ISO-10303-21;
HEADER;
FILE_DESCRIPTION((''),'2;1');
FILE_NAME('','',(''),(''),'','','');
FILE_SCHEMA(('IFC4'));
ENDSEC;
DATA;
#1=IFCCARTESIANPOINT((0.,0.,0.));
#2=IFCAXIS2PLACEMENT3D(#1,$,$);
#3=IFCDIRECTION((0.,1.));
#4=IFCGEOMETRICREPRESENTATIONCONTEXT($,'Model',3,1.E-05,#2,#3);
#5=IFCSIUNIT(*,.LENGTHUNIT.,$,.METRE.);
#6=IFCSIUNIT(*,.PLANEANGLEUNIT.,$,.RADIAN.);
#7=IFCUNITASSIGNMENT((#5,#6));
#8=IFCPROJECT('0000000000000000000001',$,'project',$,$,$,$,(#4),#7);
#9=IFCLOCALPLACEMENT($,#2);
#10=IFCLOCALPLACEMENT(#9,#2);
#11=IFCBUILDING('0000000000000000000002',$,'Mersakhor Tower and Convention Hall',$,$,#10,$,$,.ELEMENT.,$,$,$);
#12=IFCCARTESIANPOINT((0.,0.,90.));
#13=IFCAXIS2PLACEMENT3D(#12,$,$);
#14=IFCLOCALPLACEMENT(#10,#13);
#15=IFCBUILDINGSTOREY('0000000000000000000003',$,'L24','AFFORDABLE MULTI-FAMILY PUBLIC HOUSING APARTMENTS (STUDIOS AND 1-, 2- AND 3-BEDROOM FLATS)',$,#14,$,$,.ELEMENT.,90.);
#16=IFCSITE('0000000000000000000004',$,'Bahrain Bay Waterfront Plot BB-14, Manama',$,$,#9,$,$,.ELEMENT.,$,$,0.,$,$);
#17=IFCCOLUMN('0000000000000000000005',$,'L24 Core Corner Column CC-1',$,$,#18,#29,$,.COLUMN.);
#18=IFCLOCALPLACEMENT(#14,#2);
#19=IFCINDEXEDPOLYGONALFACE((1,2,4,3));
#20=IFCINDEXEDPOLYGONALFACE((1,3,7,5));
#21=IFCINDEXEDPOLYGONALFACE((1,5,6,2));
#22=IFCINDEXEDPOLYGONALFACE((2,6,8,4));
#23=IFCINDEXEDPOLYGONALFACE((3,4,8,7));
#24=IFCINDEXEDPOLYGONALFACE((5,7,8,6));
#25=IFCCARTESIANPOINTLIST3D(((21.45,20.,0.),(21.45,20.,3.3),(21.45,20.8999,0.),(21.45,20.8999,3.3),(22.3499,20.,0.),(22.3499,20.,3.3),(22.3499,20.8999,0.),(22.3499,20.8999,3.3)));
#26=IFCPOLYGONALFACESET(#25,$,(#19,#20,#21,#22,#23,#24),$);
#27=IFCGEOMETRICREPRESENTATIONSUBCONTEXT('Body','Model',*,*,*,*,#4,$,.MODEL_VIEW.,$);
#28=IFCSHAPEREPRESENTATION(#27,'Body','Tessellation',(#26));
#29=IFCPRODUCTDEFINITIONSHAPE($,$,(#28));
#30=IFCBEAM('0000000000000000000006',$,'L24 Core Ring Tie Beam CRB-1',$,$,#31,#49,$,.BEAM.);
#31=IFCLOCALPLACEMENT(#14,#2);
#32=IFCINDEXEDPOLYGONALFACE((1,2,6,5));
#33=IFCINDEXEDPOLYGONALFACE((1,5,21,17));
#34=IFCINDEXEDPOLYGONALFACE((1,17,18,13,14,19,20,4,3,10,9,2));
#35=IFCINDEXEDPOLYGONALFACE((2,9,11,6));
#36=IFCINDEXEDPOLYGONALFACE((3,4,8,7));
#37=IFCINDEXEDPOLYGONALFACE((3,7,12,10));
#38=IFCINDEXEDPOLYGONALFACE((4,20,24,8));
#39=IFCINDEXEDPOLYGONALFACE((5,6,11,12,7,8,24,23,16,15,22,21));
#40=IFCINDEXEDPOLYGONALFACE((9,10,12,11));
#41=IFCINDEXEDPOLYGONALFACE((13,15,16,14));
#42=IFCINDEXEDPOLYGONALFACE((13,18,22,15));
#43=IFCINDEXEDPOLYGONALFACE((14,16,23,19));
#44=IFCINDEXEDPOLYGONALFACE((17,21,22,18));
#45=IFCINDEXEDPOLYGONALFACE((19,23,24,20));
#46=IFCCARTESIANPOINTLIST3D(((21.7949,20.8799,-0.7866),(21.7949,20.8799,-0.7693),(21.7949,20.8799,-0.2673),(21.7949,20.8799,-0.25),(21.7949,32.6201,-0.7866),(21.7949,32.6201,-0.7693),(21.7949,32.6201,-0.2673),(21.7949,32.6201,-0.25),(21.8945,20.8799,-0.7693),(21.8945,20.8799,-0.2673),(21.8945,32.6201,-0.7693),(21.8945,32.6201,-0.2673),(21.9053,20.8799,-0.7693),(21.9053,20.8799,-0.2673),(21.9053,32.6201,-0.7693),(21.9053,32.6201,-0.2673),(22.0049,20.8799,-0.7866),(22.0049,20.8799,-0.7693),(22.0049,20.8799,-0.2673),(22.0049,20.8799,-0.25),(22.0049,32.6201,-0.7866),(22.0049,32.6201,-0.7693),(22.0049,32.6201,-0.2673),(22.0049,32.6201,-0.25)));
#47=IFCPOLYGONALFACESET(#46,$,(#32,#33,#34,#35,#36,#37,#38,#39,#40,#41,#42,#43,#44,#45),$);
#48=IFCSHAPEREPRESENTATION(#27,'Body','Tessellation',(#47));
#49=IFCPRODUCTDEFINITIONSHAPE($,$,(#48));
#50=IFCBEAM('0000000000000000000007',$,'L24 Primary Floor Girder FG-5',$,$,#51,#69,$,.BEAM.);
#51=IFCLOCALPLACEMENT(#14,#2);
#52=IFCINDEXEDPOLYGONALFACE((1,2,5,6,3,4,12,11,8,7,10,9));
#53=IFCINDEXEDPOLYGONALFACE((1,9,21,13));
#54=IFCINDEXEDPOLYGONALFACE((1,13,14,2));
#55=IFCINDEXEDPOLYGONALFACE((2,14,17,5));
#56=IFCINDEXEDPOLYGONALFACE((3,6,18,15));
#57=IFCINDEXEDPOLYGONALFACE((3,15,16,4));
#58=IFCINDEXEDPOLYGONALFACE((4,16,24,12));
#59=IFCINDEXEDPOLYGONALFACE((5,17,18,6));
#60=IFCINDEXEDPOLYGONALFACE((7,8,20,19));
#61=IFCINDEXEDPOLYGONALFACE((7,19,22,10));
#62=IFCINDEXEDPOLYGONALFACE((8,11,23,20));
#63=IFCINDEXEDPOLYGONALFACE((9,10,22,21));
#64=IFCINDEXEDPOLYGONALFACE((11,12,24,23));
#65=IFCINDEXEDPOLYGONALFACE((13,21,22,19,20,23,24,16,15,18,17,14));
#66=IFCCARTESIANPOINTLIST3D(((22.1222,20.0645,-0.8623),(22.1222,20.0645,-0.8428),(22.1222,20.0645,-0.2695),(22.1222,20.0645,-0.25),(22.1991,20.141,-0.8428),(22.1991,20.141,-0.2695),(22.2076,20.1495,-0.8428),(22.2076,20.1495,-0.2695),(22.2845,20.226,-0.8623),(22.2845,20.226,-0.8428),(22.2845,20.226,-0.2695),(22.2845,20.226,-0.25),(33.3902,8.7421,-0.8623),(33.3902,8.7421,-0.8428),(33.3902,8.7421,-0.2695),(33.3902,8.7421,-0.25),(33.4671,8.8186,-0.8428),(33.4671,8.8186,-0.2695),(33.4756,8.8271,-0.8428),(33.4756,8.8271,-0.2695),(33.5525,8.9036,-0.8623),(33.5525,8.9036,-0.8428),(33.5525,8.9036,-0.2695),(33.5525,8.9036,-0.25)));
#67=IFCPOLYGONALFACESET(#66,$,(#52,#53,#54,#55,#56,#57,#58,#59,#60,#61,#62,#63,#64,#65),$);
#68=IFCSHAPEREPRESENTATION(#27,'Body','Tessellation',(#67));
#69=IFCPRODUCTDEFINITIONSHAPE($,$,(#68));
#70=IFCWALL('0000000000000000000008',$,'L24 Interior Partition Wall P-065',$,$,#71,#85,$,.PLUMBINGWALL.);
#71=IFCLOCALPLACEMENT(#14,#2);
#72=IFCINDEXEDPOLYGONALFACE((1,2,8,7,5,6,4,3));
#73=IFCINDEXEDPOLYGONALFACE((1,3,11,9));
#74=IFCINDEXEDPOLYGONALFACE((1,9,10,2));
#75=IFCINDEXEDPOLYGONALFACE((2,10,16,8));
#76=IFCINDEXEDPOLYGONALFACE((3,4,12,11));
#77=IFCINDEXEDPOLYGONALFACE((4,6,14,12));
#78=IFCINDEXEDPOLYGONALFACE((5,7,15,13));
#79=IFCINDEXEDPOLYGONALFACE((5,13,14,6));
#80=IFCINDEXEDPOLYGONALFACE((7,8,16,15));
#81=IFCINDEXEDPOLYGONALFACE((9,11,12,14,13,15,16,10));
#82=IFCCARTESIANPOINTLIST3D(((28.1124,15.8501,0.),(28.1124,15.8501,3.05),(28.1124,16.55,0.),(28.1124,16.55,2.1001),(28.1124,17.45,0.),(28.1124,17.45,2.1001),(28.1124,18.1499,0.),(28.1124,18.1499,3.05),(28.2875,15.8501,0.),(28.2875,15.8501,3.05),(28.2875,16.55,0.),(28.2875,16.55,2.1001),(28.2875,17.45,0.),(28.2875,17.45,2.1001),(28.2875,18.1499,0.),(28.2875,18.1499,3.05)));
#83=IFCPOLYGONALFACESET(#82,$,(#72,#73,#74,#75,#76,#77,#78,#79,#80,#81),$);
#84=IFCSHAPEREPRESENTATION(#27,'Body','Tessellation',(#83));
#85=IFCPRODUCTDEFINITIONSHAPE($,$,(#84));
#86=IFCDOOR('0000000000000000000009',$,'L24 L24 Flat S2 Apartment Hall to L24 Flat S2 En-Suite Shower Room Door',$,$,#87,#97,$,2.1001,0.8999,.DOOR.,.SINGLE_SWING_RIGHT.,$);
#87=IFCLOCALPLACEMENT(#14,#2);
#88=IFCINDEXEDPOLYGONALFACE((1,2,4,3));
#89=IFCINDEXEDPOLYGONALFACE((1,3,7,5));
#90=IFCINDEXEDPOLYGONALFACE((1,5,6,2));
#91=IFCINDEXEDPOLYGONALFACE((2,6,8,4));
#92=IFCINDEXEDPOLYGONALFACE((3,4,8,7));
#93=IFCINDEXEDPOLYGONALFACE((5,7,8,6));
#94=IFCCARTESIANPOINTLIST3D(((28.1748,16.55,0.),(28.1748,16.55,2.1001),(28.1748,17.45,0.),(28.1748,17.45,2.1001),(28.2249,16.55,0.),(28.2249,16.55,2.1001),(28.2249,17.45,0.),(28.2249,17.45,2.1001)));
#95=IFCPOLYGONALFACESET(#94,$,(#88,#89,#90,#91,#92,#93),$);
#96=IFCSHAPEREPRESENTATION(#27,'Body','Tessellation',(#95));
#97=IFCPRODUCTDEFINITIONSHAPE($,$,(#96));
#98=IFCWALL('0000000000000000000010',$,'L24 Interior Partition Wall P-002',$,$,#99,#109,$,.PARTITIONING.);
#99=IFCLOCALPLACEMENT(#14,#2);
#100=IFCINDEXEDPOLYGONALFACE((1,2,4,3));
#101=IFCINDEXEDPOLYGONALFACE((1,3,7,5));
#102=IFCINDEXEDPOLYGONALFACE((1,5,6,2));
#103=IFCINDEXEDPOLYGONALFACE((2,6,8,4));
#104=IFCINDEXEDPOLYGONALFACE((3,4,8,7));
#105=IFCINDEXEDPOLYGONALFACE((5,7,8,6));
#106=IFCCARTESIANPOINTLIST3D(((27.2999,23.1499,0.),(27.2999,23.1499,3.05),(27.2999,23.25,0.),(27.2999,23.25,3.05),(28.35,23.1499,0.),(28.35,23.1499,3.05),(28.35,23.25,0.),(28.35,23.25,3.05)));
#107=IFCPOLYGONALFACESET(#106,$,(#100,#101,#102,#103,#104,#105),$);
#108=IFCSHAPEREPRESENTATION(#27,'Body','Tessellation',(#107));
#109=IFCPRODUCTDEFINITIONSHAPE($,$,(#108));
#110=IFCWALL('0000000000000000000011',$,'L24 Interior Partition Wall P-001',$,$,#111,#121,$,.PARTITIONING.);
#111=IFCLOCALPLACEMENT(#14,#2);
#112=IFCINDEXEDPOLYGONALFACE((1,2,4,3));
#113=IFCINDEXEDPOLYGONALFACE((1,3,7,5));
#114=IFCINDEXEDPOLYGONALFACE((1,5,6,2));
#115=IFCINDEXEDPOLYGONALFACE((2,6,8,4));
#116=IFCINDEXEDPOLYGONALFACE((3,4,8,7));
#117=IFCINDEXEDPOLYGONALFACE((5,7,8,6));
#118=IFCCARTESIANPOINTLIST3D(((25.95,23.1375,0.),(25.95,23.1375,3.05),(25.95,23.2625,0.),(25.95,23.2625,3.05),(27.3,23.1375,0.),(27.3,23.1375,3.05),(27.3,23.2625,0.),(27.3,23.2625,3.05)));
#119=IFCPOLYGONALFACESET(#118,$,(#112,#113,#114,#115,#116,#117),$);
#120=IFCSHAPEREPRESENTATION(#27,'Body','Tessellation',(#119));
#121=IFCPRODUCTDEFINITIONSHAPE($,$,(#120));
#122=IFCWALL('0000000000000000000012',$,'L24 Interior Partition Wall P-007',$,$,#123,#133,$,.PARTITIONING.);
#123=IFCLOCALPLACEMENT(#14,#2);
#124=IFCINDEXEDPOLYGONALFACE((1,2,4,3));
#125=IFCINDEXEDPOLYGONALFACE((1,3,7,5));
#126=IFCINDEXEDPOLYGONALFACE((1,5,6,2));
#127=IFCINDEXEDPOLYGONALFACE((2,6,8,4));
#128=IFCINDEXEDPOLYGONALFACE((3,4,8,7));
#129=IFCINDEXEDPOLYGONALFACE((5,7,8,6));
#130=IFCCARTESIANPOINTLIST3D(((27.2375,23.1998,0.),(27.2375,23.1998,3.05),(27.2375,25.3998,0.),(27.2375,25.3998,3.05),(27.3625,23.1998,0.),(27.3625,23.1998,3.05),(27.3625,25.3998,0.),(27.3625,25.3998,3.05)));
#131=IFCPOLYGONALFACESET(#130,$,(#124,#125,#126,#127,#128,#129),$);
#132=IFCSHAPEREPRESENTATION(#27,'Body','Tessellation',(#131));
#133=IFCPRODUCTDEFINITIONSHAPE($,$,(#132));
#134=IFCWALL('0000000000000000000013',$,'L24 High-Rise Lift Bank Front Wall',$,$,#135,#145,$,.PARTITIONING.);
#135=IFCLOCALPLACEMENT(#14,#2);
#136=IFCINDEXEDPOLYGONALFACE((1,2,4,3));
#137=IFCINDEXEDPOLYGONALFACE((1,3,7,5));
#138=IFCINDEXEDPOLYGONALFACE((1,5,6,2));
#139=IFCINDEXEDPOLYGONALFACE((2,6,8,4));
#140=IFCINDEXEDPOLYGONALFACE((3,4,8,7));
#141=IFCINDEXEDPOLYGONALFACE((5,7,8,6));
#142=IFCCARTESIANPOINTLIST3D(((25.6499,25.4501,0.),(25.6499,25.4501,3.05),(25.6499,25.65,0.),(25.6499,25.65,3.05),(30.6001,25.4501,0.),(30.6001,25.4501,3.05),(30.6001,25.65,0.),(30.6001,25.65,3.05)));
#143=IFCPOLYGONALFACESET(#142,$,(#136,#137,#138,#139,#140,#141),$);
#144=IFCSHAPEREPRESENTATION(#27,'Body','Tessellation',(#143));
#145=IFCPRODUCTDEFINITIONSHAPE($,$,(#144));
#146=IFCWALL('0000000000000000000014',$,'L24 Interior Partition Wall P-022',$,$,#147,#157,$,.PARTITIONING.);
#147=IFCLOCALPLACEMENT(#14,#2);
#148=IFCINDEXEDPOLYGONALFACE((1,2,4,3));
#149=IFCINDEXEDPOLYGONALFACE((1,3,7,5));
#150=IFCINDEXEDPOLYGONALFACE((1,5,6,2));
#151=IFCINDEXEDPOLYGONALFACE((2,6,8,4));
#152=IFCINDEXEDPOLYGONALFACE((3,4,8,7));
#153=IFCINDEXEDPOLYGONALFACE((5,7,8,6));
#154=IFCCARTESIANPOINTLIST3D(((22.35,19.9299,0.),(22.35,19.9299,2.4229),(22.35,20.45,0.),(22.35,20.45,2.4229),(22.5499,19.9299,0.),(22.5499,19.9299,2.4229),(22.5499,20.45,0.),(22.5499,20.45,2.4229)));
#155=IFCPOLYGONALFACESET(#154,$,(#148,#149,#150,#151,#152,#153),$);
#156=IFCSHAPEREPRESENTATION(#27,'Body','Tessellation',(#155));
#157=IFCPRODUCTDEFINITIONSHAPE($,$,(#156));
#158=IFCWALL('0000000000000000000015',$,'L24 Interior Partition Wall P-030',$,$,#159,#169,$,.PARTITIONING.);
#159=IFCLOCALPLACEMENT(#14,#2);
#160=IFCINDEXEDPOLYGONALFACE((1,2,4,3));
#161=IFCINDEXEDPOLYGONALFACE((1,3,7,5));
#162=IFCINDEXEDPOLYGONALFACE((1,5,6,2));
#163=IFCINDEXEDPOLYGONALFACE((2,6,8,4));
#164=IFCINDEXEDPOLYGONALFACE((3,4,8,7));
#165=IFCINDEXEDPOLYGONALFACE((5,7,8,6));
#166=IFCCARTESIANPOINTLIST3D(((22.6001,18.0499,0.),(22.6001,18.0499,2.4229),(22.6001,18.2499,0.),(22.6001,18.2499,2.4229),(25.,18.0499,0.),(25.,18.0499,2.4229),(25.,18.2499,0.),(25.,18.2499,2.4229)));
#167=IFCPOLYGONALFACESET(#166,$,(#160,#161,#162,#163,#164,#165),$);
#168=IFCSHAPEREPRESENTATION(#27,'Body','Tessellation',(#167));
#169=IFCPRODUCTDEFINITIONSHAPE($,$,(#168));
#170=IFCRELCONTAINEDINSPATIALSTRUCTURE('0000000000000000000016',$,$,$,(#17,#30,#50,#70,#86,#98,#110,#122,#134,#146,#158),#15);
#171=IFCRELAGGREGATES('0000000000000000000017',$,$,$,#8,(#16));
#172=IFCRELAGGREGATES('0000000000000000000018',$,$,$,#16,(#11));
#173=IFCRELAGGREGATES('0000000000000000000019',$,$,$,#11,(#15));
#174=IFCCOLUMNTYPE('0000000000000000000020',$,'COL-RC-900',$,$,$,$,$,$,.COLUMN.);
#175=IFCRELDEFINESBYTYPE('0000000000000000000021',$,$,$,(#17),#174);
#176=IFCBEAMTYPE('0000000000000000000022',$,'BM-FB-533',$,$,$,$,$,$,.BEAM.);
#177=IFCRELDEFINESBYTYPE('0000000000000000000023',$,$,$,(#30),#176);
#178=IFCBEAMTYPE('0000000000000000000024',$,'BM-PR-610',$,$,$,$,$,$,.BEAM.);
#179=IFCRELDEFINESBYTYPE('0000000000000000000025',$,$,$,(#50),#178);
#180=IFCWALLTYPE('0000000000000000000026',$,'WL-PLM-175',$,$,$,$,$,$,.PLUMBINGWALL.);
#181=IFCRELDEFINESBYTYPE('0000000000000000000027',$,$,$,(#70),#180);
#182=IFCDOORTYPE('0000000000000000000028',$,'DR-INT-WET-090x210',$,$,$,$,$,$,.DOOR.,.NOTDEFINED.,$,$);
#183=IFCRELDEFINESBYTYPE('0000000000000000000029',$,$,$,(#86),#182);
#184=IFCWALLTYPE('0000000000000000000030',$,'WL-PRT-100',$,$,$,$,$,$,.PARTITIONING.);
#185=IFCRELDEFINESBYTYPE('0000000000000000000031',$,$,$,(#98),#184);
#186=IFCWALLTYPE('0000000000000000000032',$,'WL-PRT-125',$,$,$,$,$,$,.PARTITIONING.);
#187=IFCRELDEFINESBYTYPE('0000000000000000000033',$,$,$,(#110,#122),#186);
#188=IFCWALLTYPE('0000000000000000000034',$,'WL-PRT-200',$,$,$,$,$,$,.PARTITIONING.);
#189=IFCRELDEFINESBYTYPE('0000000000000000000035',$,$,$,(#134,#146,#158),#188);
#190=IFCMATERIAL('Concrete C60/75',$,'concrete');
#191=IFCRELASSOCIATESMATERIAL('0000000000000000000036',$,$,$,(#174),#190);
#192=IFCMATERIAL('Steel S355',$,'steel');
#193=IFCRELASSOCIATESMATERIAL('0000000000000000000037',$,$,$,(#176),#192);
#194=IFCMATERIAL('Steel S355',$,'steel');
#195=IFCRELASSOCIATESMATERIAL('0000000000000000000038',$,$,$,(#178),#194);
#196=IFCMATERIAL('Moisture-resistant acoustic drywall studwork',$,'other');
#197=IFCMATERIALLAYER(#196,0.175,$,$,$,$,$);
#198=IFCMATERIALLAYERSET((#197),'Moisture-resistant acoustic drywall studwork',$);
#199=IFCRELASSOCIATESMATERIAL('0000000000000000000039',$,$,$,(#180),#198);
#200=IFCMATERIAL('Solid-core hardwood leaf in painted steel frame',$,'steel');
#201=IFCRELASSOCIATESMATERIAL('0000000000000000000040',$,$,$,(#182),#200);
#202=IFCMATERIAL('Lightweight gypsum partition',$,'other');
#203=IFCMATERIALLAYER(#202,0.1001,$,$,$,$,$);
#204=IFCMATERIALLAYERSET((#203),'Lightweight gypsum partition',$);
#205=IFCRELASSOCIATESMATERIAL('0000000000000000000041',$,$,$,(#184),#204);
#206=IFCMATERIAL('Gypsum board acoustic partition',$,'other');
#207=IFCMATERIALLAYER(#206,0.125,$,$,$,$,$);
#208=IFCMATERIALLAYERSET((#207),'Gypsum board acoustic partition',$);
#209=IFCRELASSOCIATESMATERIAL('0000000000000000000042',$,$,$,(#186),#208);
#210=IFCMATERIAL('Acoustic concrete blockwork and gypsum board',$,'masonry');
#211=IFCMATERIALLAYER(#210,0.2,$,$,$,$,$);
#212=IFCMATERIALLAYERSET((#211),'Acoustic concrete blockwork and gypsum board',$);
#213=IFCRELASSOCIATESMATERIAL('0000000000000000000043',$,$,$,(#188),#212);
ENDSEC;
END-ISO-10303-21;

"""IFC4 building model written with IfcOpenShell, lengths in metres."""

from ifc_helpers import new_model, si_unit, direction, frame, frame_2d, origin, origin_2d, place, context, subcontext, project, spatial, rectangle, i_section, extrude, material, layer, layer_set, material_profile, profile_set, type_object, element, fill, save


model = new_model("IFC4")

# Units and contexts
model_context = context("Model", 3, precision=1e-05, world=origin(), true_north=direction((0.0, 1.0)))
body_context = subcontext(model_context, "Body", "Model", "MODEL_VIEW")
ifc_project = project(units=[si_unit("LENGTHUNIT", "METRE"), si_unit("PLANEANGLEUNIT", "RADIAN")], contexts=[model_context])

# Site, building, storey
site_placement = place(None, origin())
site = spatial("IfcSite", under=ifc_project, at=site_placement, Name="Bahrain Bay Waterfront Plot BB-14, Manama", CompositionType="ELEMENT", RefElevation=0.0)
building_placement = place(site_placement, origin())
building = spatial("IfcBuilding", under=site, at=building_placement, Name="Mersakhor Tower and Convention Hall", CompositionType="ELEMENT")
storey_placement = place(building_placement, frame((0.0, 0.0, 90.0)))
storey = spatial("IfcBuildingStorey", under=building, at=storey_placement, Name="L24", Description="AFFORDABLE MULTI-FAMILY PUBLIC HOUSING APARTMENTS (STUDIOS AND 1-, 2- AND 3-BEDROOM FLATS)", CompositionType="ELEMENT", Elevation=90.0)

# Column
ifc_material_1 = material(Name="Concrete C60/75", Category="concrete")
ifc_material_profile_1 = material_profile(ifc_material_1, rectangle(XDim=0.8999, YDim=0.8999, at=origin_2d()), Name="RC 900x900")
ifc_profile_set_1 = profile_set([ifc_material_profile_1], Name="Concrete C60/75")
column_type = type_object("IfcColumnType", Name="COL-RC-900", PredefinedType="COLUMN", material=ifc_profile_set_1)
column_placement = place(storey_placement, frame((21.8999, 20.45, 0.0), z_axis=(0.0, 0.0, 1.0), x_axis=(1.0, 0.0, 0.0)))
element("IfcColumn", 1, at=column_placement, inside=storey, type_object=column_type, Name="L24 Core Corner Column CC-1", PredefinedType="COLUMN", context=body_context, shape_type="SweptSolid", body=[
    extrude(rectangle(XDim=0.8999, YDim=0.8999, at=origin_2d()), origin(), (0.0, 0.0, 1.0), 3.3),
])

# Beams
ifc_material_2 = material(Name="Steel S355", Category="steel")
ifc_material_profile_2 = material_profile(ifc_material_2, i_section(OverallWidth=0.21, OverallDepth=0.5366, WebThickness=0.0107, FlangeThickness=0.0173, at=origin_2d()), Name="UB 533x210x101")
ifc_profile_set_2 = profile_set([ifc_material_profile_2], Name="Steel S355")
beam_type_1 = type_object("IfcBeamType", Name="BM-FB-533", PredefinedType="BEAM", material=ifc_profile_set_2)
beam_1_placement = place(storey_placement, frame((21.8999, 20.8799, -0.5183), z_axis=(0.0, 1.0, 0.0), x_axis=(-1.0, 0.0, 0.0)))
element("IfcBeam", 2, at=beam_1_placement, inside=storey, type_object=beam_type_1, Name="L24 Core Ring Tie Beam CRB-1", PredefinedType="BEAM", context=body_context, shape_type="SweptSolid", body=[
    extrude(i_section(OverallWidth=0.21, OverallDepth=0.5366, WebThickness=0.0107, FlangeThickness=0.0173, at=origin_2d()), origin(), (0.0, 0.0, 1.0), 11.7402),
])
ifc_material_3 = material(Name="Steel S355", Category="steel")
ifc_material_profile_3 = material_profile(ifc_material_3, i_section(OverallWidth=0.229, OverallDepth=0.6123, WebThickness=0.012, FlangeThickness=0.0195, at=origin_2d()), Name="UB 610x229x125")
ifc_profile_set_3 = profile_set([ifc_material_profile_3], Name="Steel S355")
beam_type_2 = type_object("IfcBeamType", Name="BM-PR-610", PredefinedType="BEAM", material=ifc_profile_set_3)
beam_2_placement = place(storey_placement, frame((22.2034, 20.1453, -0.5562), z_axis=(0.705401, -0.708809, 0.0), x_axis=(0.708809, 0.705401, 0.0)))
element("IfcBeam", 3, at=beam_2_placement, inside=storey, type_object=beam_type_2, Name="L24 Primary Floor Girder FG-5", PredefinedType="BEAM", context=body_context, shape_type="SweptSolid", body=[
    extrude(i_section(OverallWidth=0.229, OverallDepth=0.6123, WebThickness=0.012, FlangeThickness=0.0195, at=origin_2d()), origin(), (0.0, 0.0, 1.0), 15.9739),
])

# Wall, opening, door
ifc_material_4 = material(Name="Moisture-resistant acoustic drywall studwork", Category="other")
ifc_layer_1 = layer(ifc_material_4, 0.175)
ifc_layer_set_1 = layer_set([ifc_layer_1], Name="Moisture-resistant acoustic drywall studwork")
wall_type_1 = type_object("IfcWallType", Name="WL-PLM-175", PredefinedType="PLUMBINGWALL", material=ifc_layer_set_1)
wall_1_placement = place(storey_placement, frame((28.2, 18.1499, 0.0), z_axis=(0.0, 0.0, 1.0), x_axis=(0.0, -1.0, 0.0)))
wall_1 = element("IfcWall", 4, at=wall_1_placement, inside=storey, type_object=wall_type_1, Name="L24 Interior Partition Wall P-065", PredefinedType="PLUMBINGWALL", context=body_context, shape_type="SweptSolid", body=[
    extrude(rectangle(XDim=2.2998, YDim=0.175, at=frame_2d((1.1499, 0.0))), origin(), (0.0, 0.0, 1.0), 3.05),
])
opening_1_placement = place(wall_1_placement, frame((0.7, 0.0, 0.0)))
opening_1 = element("IfcOpeningElement", 5, at=opening_1_placement, cuts=wall_1, PredefinedType="OPENING", context=body_context, shape_type="SweptSolid", body=[
    extrude(rectangle(XDim=0.8999, YDim=2.1001, at=frame_2d((0.45, 1.05))), frame((0.0, 0.0974, 0.0), z_axis=(0.0, -1.0, 0.0), x_axis=(1.0, 0.0, 0.0)), (0.0, 0.0, 1.0), 0.1951),
])
ifc_material_5 = material(Name="Solid-core hardwood leaf in painted steel frame", Category="steel")
door_type_1 = type_object("IfcDoorType", Name="DR-INT-WET-090x210", OperationType="NOTDEFINED", PredefinedType="DOOR", material=ifc_material_5)
door_1_placement = place(opening_1_placement, origin())
door_1 = element("IfcDoor", 6, at=door_1_placement, inside=storey, type_object=door_type_1, Name="L24 L24 Flat S2 Apartment Hall to L24 Flat S2 En-Suite Shower Room Door", OperationType="SINGLE_SWING_RIGHT", OverallHeight=2.1001, OverallWidth=0.8999, PredefinedType="DOOR", context=body_context, shape_type="SweptSolid", body=[
    extrude(rectangle(XDim=0.8999, YDim=2.1001, at=frame_2d((0.45, 1.05))), frame((0.0, 0.0249, 0.0), z_axis=(0.0, -1.0, 0.0), x_axis=(1.0, 0.0, 0.0)), (0.0, 0.0, 1.0), 0.05),
])
fill(opening_1, door_1)

# Walls
ifc_material_6 = material(Name="Lightweight gypsum partition", Category="other")
ifc_layer_2 = layer(ifc_material_6, 0.1001)
ifc_layer_set_2 = layer_set([ifc_layer_2], Name="Lightweight gypsum partition")
wall_type_2 = type_object("IfcWallType", Name="WL-PRT-100", PredefinedType="PARTITIONING", material=ifc_layer_set_2)
wall_2_placement = place(storey_placement, frame((27.3, 23.2, 0.0), z_axis=(0.0, 0.0, 1.0), x_axis=(1.0, 0.0, 0.0)))
element("IfcWall", 7, at=wall_2_placement, inside=storey, type_object=wall_type_2, Name="L24 Interior Partition Wall P-002", PredefinedType="PARTITIONING", context=body_context, shape_type="SweptSolid", body=[
    extrude(rectangle(XDim=1.05, YDim=0.1001, at=frame_2d((0.5249, 0.0))), origin(), (0.0, 0.0, 1.0), 3.05),
])
ifc_material_7 = material(Name="Gypsum board acoustic partition", Category="other")
ifc_layer_3 = layer(ifc_material_7, 0.125)
ifc_layer_set_3 = layer_set([ifc_layer_3], Name="Gypsum board acoustic partition")
wall_type_3 = type_object("IfcWallType", Name="WL-PRT-125", PredefinedType="PARTITIONING", material=ifc_layer_set_3)
wall_3_placement = place(storey_placement, frame((25.95, 23.2, 0.0), z_axis=(0.0, 0.0, 1.0), x_axis=(1.0, 0.0, 0.0)))
element("IfcWall", 8, at=wall_3_placement, inside=storey, type_object=wall_type_3, Name="L24 Interior Partition Wall P-001", PredefinedType="PARTITIONING", context=body_context, shape_type="SweptSolid", body=[
    extrude(rectangle(XDim=1.3501, YDim=0.125, at=frame_2d((0.675, 0.0))), origin(), (0.0, 0.0, 1.0), 3.05),
])
wall_4_placement = place(storey_placement, frame((27.3, 25.3999, 0.0), z_axis=(0.0, 0.0, 1.0), x_axis=(0.0, -1.0, 0.0)))
element("IfcWall", 9, at=wall_4_placement, inside=storey, type_object=wall_type_3, Name="L24 Interior Partition Wall P-007", PredefinedType="PARTITIONING", context=body_context, shape_type="SweptSolid", body=[
    extrude(rectangle(XDim=2.2, YDim=0.125, at=frame_2d((1.1001, 0.0))), origin(), (0.0, 0.0, 1.0), 3.05),
])
ifc_material_8 = material(Name="Acoustic concrete blockwork and gypsum board", Category="masonry")
ifc_layer_4 = layer(ifc_material_8, 0.2)
ifc_layer_set_4 = layer_set([ifc_layer_4], Name="Acoustic concrete blockwork and gypsum board")
wall_type_4 = type_object("IfcWallType", Name="WL-PRT-200", PredefinedType="PARTITIONING", material=ifc_layer_set_4)
wall_5_placement = place(storey_placement, frame((25.6499, 25.55, 0.0), z_axis=(0.0, 0.0, 1.0), x_axis=(1.0, 0.0, 0.0)))
element("IfcWall", 10, at=wall_5_placement, inside=storey, type_object=wall_type_4, Name="L24 High-Rise Lift Bank Front Wall", PredefinedType="PARTITIONING", context=body_context, shape_type="SweptSolid", body=[
    extrude(rectangle(XDim=4.9502, YDim=0.2, at=frame_2d((2.4751, 0.0))), origin(), (0.0, 0.0, 1.0), 3.05),
])
wall_6_placement = place(storey_placement, frame((22.45, 19.9299, 0.0), z_axis=(0.0, 0.0, 1.0), x_axis=(0.0, 1.0, 0.0)))
element("IfcWall", 11, at=wall_6_placement, inside=storey, type_object=wall_type_4, Name="L24 Interior Partition Wall P-022", PredefinedType="PARTITIONING", context=body_context, shape_type="SweptSolid", body=[
    extrude(rectangle(XDim=0.52, YDim=0.2, at=frame_2d((0.26, 0.0))), origin(), (0.0, 0.0, 1.0), 2.4229),
])

# Wall
wall_7_placement = place(storey_placement, frame((25.0, 18.1499, 0.0), z_axis=(0.0, 0.0, 1.0), x_axis=(-1.0, 0.0, 0.0)))
element("IfcWall", 12, at=wall_7_placement, inside=storey, type_object=wall_type_4, Name="L24 Interior Partition Wall P-030", PredefinedType="PARTITIONING", context=body_context, shape_type="SweptSolid", body=[
    extrude(rectangle(XDim=2.3999, YDim=0.2, at=frame_2d((1.2, 0.0))), origin(), (0.0, 0.0, 1.0), 2.4229),
])

save(model, "model.ifc")
